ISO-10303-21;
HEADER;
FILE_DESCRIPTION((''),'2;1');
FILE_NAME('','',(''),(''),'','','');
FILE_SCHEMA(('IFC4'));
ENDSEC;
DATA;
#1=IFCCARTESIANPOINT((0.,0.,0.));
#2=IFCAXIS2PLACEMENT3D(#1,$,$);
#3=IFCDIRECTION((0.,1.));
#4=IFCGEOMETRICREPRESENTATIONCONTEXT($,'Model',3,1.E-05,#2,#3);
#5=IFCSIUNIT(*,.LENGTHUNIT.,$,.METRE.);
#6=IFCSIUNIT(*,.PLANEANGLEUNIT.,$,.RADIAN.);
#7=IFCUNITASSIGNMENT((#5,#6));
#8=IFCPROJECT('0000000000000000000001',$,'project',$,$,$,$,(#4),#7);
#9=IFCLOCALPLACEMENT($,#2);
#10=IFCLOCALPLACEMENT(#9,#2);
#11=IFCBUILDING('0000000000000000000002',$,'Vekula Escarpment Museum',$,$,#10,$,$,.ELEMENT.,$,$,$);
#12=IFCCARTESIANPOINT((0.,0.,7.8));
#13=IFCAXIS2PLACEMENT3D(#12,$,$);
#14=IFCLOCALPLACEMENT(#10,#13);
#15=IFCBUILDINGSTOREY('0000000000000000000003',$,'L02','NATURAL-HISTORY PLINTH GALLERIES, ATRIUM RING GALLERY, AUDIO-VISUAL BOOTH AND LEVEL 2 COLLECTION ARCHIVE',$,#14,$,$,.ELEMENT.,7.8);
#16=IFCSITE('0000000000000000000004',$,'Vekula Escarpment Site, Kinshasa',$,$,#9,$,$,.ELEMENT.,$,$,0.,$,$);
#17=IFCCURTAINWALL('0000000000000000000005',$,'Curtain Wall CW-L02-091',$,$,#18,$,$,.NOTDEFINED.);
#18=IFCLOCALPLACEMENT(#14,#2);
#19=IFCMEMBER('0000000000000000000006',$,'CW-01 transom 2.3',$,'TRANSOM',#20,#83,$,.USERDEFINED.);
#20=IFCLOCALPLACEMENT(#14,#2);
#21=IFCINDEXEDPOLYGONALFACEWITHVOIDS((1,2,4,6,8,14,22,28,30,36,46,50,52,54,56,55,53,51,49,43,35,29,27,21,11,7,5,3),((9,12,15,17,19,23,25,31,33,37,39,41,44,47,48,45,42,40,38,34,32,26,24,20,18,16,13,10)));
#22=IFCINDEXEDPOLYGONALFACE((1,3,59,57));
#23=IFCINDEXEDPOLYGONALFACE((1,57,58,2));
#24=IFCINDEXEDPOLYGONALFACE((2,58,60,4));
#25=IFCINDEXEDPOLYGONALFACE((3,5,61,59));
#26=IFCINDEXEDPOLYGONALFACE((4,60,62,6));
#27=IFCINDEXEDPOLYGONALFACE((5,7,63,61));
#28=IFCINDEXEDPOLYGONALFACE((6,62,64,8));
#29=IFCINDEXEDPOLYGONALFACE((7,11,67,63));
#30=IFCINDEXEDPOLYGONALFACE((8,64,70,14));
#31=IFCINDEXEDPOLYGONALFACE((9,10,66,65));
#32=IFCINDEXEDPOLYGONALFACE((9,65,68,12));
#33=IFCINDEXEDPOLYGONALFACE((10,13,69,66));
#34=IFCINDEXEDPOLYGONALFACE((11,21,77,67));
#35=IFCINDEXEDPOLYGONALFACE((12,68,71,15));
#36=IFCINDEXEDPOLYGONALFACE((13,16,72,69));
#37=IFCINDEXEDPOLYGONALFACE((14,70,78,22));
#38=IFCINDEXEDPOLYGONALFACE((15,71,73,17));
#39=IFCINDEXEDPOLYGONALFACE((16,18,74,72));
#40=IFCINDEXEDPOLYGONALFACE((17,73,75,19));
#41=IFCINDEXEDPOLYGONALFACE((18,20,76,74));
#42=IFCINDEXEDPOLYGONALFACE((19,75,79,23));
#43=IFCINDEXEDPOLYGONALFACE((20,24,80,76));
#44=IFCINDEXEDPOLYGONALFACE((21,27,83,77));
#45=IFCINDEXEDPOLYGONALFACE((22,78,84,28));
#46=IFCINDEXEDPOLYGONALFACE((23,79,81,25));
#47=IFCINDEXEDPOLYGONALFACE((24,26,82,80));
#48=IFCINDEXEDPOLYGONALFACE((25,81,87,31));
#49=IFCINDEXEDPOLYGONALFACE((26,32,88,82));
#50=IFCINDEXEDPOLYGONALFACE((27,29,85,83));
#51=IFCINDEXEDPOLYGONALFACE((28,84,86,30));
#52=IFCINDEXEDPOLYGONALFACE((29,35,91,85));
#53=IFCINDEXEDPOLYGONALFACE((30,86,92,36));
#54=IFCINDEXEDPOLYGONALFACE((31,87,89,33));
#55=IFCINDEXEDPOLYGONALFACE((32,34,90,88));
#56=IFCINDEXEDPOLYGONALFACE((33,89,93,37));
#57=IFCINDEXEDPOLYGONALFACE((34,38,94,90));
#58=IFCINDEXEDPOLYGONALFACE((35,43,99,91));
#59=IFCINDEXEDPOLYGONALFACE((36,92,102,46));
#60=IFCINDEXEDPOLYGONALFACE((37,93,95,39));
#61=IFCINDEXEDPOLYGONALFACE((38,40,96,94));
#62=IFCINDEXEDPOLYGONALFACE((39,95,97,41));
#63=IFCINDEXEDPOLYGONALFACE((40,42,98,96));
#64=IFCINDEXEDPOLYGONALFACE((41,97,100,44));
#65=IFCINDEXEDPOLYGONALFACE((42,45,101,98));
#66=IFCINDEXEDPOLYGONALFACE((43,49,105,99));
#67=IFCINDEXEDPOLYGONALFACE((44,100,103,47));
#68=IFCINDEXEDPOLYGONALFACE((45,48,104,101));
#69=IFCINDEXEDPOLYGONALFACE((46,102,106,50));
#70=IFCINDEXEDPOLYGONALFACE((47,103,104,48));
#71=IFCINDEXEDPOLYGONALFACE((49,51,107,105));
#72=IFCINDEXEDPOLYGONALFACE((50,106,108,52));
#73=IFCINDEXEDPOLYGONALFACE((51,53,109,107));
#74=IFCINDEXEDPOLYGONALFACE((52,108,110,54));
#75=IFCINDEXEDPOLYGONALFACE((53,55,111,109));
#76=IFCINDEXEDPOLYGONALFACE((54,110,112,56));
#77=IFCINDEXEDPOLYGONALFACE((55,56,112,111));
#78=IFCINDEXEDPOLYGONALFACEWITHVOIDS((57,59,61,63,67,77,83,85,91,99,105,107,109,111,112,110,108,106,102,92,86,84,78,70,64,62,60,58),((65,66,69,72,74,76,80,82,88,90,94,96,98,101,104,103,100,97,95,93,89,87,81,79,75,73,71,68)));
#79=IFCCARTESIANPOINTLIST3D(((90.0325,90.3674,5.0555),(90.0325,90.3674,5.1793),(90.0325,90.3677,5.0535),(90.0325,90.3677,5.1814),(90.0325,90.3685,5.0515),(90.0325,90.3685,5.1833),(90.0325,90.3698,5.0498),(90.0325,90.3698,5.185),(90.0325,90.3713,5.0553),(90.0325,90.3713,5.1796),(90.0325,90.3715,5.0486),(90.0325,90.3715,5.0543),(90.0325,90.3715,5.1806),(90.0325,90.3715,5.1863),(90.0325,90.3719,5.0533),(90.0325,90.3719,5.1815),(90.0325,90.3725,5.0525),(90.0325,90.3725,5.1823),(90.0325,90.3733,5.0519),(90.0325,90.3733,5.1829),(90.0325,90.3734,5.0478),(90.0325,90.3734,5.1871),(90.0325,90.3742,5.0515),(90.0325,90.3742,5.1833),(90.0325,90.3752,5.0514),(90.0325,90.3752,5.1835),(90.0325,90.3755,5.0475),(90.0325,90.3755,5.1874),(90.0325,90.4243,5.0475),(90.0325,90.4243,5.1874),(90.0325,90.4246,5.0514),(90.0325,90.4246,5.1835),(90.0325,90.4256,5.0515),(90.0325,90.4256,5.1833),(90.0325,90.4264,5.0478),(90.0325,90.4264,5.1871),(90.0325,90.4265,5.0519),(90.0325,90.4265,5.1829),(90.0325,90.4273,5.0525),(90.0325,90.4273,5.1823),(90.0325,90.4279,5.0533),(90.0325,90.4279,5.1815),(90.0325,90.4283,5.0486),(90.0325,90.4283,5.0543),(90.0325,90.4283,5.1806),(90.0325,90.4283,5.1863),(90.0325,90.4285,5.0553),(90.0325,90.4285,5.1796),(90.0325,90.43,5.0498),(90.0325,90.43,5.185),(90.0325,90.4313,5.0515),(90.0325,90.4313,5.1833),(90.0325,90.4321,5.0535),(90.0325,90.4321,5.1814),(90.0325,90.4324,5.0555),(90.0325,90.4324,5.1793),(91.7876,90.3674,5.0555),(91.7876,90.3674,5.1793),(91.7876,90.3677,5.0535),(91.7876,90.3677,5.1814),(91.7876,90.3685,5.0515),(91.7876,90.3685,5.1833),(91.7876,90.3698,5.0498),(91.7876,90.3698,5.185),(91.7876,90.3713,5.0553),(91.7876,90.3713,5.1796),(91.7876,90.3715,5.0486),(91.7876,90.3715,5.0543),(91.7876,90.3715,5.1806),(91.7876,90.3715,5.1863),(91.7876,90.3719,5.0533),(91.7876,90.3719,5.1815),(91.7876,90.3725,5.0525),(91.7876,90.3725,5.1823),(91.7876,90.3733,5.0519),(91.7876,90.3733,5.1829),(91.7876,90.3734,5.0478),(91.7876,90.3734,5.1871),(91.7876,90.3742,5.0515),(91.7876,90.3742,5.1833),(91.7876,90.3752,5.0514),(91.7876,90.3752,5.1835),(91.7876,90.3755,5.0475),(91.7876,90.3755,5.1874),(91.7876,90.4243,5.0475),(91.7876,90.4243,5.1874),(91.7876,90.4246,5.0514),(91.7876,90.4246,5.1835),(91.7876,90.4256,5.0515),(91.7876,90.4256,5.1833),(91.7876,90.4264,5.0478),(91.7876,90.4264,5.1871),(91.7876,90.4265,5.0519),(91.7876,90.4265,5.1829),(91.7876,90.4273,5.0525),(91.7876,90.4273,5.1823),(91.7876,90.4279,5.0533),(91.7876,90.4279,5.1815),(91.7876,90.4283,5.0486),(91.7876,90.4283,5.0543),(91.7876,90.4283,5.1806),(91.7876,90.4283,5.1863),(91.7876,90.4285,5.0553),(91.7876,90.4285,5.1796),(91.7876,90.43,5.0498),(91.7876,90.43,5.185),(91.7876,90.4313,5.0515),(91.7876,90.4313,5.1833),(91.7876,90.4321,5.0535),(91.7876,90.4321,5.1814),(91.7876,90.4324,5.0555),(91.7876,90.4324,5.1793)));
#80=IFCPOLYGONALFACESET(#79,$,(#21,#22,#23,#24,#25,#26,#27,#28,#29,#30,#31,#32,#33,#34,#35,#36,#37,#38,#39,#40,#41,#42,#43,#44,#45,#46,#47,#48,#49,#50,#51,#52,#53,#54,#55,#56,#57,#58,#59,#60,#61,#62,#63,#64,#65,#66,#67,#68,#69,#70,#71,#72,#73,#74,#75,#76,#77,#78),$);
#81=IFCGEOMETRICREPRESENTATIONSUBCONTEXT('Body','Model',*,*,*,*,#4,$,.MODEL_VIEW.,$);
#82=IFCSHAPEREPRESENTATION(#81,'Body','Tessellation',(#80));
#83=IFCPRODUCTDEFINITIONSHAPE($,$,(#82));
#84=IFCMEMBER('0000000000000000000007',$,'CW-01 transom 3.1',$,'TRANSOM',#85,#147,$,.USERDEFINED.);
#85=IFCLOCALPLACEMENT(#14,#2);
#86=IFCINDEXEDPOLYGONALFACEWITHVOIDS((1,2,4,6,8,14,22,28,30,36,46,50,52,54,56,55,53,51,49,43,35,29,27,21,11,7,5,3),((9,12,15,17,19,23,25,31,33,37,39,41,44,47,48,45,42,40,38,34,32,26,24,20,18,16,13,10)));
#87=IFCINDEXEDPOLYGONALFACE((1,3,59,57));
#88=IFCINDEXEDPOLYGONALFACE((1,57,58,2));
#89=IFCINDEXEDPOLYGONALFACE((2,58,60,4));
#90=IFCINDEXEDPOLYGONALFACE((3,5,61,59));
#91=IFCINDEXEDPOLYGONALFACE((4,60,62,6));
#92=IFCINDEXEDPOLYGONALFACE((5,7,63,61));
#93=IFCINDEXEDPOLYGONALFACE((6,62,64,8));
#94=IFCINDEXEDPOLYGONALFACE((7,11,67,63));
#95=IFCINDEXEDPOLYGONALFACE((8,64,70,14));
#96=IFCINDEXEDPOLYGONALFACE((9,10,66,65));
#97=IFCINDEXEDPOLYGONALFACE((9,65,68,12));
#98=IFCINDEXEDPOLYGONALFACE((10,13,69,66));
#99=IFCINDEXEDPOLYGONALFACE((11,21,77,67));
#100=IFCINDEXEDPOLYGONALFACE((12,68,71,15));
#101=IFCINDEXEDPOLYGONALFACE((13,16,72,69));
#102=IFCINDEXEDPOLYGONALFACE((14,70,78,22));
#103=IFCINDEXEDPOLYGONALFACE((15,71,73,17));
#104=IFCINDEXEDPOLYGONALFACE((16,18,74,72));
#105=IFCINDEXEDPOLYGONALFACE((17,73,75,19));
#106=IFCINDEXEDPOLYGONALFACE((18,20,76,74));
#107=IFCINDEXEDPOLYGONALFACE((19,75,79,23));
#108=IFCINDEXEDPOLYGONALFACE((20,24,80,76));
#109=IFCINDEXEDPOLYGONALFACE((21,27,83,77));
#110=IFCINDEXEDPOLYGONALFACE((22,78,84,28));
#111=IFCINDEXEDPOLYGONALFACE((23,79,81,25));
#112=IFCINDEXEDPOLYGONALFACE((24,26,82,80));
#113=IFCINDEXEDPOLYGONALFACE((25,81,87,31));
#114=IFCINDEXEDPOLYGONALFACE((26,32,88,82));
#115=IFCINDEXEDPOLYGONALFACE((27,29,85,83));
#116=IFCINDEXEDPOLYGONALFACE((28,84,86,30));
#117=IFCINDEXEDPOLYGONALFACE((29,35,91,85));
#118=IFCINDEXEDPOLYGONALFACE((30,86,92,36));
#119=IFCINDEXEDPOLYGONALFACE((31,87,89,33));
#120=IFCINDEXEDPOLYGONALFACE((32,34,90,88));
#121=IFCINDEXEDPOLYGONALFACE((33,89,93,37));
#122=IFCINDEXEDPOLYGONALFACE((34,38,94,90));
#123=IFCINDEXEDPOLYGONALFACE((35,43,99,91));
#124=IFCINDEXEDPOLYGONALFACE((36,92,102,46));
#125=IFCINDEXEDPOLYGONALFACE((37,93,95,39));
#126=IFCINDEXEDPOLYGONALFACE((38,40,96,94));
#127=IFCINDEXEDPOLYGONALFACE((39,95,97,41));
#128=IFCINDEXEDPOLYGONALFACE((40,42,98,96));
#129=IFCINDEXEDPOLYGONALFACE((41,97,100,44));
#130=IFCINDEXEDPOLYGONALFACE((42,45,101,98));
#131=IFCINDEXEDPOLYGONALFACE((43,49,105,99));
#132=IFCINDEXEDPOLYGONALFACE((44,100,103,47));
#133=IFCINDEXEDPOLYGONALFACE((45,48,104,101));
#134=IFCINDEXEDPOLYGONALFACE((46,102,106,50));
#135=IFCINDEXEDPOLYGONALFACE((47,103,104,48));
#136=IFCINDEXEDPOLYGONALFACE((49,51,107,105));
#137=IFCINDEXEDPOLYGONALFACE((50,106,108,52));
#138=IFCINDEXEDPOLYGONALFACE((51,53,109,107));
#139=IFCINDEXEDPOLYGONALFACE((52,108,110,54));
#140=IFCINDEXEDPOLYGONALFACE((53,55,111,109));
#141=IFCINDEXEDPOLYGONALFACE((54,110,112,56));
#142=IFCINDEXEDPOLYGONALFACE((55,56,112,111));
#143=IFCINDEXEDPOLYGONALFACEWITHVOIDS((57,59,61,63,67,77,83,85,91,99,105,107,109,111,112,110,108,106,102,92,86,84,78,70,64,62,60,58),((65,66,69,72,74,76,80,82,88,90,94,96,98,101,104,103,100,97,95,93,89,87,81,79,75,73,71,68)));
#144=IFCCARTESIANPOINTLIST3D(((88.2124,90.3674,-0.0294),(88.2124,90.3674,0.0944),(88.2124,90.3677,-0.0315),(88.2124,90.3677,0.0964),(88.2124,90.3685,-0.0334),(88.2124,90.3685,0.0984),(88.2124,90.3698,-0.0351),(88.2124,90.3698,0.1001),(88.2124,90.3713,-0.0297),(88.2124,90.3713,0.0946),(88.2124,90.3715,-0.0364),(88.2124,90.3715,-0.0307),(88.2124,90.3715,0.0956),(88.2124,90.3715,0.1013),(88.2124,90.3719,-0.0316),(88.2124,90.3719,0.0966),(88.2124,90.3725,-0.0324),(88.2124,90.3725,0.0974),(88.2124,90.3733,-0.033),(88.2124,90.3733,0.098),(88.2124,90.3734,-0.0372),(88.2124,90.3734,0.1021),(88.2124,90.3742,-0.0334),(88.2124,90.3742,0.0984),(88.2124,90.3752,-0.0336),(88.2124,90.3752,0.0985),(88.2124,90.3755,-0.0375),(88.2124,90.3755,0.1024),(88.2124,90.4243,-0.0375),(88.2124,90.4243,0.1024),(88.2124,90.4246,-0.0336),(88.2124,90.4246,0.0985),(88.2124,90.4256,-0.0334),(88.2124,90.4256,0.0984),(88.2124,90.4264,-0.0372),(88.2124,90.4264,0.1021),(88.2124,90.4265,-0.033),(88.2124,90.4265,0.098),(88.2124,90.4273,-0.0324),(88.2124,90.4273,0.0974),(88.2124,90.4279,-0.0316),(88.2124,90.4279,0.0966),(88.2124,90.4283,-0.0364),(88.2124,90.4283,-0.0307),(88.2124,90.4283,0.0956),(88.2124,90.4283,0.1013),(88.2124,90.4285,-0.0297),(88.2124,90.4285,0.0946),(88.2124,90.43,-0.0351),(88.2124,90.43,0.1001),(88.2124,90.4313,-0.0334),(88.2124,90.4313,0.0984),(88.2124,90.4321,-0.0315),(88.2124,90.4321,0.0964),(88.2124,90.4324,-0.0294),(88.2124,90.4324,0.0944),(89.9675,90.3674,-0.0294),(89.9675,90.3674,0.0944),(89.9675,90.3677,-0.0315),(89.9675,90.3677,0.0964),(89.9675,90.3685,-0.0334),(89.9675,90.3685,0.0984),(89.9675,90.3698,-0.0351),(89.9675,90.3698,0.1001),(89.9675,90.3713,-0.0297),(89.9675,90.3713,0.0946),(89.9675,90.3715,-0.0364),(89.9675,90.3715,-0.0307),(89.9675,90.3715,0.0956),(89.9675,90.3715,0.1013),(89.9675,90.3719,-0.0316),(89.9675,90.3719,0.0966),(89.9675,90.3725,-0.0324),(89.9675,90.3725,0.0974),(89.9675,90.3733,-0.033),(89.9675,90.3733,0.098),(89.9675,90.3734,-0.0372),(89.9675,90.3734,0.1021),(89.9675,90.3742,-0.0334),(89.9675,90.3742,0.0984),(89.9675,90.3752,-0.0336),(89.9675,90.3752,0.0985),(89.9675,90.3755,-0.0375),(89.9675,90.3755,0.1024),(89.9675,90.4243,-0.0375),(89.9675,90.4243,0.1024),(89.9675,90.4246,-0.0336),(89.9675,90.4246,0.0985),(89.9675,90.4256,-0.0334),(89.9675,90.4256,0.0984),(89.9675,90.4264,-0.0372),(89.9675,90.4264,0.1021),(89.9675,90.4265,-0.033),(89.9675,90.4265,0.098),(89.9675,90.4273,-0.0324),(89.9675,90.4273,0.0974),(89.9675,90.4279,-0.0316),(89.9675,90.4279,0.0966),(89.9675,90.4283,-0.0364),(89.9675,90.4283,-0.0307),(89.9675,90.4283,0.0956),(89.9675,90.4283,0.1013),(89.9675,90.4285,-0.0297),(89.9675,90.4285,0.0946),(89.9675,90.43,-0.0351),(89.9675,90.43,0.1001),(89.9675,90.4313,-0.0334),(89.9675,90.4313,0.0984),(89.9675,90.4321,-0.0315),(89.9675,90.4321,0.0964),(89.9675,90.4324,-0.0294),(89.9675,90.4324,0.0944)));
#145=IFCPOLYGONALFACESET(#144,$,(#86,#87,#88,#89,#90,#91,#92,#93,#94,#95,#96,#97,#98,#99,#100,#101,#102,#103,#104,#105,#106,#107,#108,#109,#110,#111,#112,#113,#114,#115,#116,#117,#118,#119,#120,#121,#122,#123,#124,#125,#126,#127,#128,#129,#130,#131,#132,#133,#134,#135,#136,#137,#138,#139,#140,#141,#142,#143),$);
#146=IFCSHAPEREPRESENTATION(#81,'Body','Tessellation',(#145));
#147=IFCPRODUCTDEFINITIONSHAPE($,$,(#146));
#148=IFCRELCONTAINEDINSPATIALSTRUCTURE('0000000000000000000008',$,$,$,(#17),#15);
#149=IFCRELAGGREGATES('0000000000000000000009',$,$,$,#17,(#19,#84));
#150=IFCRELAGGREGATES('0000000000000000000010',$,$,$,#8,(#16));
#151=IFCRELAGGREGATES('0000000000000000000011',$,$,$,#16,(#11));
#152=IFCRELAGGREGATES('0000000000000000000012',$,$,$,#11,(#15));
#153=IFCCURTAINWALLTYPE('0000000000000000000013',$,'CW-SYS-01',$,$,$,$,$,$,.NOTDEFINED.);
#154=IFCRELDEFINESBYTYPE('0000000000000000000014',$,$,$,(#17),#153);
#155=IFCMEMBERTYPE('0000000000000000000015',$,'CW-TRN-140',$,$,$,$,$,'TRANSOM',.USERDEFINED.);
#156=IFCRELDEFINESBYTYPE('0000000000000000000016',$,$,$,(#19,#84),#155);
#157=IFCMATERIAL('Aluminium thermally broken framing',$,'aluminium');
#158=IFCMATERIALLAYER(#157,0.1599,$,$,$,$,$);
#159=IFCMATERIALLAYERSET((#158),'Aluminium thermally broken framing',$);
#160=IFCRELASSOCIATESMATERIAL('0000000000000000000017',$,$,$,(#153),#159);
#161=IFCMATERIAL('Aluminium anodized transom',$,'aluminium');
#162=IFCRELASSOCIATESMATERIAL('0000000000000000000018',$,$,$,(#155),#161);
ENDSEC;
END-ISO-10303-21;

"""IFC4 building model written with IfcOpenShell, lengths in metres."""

from ifc_helpers import new_model, si_unit, direction, frame, origin, origin_2d, place, context, subcontext, project, spatial, hollow_rectangle, extrude, material, layer, layer_set, material_profile, profile_set, type_object, element, aggregate, save


model = new_model("IFC4")

# Units and contexts
model_context = context("Model", 3, precision=1e-05, world=origin(), true_north=direction((0.0, 1.0)))
body_context = subcontext(model_context, "Body", "Model", "MODEL_VIEW")
ifc_project = project(units=[si_unit("LENGTHUNIT", "METRE"), si_unit("PLANEANGLEUNIT", "RADIAN")], contexts=[model_context])

# Site, building, storey
site_placement = place(None, origin())
site = spatial("IfcSite", under=ifc_project, at=site_placement, Name="Vekula Escarpment Site, Kinshasa", CompositionType="ELEMENT", RefElevation=0.0)
building_placement = place(site_placement, origin())
building = spatial("IfcBuilding", under=site, at=building_placement, Name="Vekula Escarpment Museum", CompositionType="ELEMENT")
storey_placement = place(building_placement, frame((0.0, 0.0, 7.8)))
storey = spatial("IfcBuildingStorey", under=building, at=storey_placement, Name="L02", Description="NATURAL-HISTORY PLINTH GALLERIES, ATRIUM RING GALLERY, AUDIO-VISUAL BOOTH AND LEVEL 2 COLLECTION ARCHIVE", CompositionType="ELEMENT", Elevation=7.8)

# Curtain wall, members
ifc_material_1 = material(Name="Aluminium thermally broken framing", Category="aluminium")
ifc_layer_1 = layer(ifc_material_1, 0.1599)
ifc_layer_set_1 = layer_set([ifc_layer_1], Name="Aluminium thermally broken framing")
curtain_wall_type = type_object("IfcCurtainWallType", Name="CW-SYS-01", PredefinedType="NOTDEFINED", material=ifc_layer_set_1)
curtain_wall_placement = place(storey_placement, origin())
curtain_wall = element("IfcCurtainWall", 1, at=curtain_wall_placement, inside=storey, type_object=curtain_wall_type, Name="Curtain Wall CW-L02-091", PredefinedType="NOTDEFINED")
ifc_material_2 = material(Name="Aluminium anodized transom", Category="aluminium")
ifc_material_profile_1 = material_profile(ifc_material_2, hollow_rectangle(XDim=0.0649, YDim=0.1399, WallThickness=0.0039, InnerFilletRadius=0.0039, OuterFilletRadius=0.0081, at=origin_2d()), Name="ALU 140x65x4")
ifc_profile_set_1 = profile_set([ifc_material_profile_1], Name="Aluminium anodized transom")
member_type_1 = type_object("IfcMemberType", Name="CW-TRN-140", ElementType="TRANSOM", PredefinedType="USERDEFINED", material=ifc_profile_set_1)
member_1_placement = place(storey_placement, frame((91.7876, 90.3999, 5.1174), z_axis=(-1.0, 0.0, 0.0), x_axis=(0.0, -1.0, 0.0)))
member_1 = element("IfcMember", 2, at=member_1_placement, type_object=member_type_1, Name="CW-01 transom 2.3", ObjectType="TRANSOM", PredefinedType="USERDEFINED", context=body_context, shape_type="SweptSolid", body=[
    extrude(hollow_rectangle(XDim=0.0649, YDim=0.1399, WallThickness=0.0039, InnerFilletRadius=0.0039, OuterFilletRadius=0.0081, at=origin_2d()), origin(), (0.0, 0.0, 1.0), 1.7551),
])
member_2_placement = place(storey_placement, frame((89.9675, 90.3999, 0.0325), z_axis=(-1.0, 0.0, 0.0), x_axis=(0.0, -1.0, 0.0)))
member_2 = element("IfcMember", 3, at=member_2_placement, type_object=member_type_1, Name="CW-01 transom 3.1", ObjectType="TRANSOM", PredefinedType="USERDEFINED", context=body_context, shape_type="SweptSolid", body=[
    extrude(hollow_rectangle(XDim=0.0649, YDim=0.1399, WallThickness=0.0039, InnerFilletRadius=0.0039, OuterFilletRadius=0.0081, at=origin_2d()), origin(), (0.0, 0.0, 1.0), 1.7551),
])
aggregate(curtain_wall, [member_1, member_2])

save(model, "model.ifc")
